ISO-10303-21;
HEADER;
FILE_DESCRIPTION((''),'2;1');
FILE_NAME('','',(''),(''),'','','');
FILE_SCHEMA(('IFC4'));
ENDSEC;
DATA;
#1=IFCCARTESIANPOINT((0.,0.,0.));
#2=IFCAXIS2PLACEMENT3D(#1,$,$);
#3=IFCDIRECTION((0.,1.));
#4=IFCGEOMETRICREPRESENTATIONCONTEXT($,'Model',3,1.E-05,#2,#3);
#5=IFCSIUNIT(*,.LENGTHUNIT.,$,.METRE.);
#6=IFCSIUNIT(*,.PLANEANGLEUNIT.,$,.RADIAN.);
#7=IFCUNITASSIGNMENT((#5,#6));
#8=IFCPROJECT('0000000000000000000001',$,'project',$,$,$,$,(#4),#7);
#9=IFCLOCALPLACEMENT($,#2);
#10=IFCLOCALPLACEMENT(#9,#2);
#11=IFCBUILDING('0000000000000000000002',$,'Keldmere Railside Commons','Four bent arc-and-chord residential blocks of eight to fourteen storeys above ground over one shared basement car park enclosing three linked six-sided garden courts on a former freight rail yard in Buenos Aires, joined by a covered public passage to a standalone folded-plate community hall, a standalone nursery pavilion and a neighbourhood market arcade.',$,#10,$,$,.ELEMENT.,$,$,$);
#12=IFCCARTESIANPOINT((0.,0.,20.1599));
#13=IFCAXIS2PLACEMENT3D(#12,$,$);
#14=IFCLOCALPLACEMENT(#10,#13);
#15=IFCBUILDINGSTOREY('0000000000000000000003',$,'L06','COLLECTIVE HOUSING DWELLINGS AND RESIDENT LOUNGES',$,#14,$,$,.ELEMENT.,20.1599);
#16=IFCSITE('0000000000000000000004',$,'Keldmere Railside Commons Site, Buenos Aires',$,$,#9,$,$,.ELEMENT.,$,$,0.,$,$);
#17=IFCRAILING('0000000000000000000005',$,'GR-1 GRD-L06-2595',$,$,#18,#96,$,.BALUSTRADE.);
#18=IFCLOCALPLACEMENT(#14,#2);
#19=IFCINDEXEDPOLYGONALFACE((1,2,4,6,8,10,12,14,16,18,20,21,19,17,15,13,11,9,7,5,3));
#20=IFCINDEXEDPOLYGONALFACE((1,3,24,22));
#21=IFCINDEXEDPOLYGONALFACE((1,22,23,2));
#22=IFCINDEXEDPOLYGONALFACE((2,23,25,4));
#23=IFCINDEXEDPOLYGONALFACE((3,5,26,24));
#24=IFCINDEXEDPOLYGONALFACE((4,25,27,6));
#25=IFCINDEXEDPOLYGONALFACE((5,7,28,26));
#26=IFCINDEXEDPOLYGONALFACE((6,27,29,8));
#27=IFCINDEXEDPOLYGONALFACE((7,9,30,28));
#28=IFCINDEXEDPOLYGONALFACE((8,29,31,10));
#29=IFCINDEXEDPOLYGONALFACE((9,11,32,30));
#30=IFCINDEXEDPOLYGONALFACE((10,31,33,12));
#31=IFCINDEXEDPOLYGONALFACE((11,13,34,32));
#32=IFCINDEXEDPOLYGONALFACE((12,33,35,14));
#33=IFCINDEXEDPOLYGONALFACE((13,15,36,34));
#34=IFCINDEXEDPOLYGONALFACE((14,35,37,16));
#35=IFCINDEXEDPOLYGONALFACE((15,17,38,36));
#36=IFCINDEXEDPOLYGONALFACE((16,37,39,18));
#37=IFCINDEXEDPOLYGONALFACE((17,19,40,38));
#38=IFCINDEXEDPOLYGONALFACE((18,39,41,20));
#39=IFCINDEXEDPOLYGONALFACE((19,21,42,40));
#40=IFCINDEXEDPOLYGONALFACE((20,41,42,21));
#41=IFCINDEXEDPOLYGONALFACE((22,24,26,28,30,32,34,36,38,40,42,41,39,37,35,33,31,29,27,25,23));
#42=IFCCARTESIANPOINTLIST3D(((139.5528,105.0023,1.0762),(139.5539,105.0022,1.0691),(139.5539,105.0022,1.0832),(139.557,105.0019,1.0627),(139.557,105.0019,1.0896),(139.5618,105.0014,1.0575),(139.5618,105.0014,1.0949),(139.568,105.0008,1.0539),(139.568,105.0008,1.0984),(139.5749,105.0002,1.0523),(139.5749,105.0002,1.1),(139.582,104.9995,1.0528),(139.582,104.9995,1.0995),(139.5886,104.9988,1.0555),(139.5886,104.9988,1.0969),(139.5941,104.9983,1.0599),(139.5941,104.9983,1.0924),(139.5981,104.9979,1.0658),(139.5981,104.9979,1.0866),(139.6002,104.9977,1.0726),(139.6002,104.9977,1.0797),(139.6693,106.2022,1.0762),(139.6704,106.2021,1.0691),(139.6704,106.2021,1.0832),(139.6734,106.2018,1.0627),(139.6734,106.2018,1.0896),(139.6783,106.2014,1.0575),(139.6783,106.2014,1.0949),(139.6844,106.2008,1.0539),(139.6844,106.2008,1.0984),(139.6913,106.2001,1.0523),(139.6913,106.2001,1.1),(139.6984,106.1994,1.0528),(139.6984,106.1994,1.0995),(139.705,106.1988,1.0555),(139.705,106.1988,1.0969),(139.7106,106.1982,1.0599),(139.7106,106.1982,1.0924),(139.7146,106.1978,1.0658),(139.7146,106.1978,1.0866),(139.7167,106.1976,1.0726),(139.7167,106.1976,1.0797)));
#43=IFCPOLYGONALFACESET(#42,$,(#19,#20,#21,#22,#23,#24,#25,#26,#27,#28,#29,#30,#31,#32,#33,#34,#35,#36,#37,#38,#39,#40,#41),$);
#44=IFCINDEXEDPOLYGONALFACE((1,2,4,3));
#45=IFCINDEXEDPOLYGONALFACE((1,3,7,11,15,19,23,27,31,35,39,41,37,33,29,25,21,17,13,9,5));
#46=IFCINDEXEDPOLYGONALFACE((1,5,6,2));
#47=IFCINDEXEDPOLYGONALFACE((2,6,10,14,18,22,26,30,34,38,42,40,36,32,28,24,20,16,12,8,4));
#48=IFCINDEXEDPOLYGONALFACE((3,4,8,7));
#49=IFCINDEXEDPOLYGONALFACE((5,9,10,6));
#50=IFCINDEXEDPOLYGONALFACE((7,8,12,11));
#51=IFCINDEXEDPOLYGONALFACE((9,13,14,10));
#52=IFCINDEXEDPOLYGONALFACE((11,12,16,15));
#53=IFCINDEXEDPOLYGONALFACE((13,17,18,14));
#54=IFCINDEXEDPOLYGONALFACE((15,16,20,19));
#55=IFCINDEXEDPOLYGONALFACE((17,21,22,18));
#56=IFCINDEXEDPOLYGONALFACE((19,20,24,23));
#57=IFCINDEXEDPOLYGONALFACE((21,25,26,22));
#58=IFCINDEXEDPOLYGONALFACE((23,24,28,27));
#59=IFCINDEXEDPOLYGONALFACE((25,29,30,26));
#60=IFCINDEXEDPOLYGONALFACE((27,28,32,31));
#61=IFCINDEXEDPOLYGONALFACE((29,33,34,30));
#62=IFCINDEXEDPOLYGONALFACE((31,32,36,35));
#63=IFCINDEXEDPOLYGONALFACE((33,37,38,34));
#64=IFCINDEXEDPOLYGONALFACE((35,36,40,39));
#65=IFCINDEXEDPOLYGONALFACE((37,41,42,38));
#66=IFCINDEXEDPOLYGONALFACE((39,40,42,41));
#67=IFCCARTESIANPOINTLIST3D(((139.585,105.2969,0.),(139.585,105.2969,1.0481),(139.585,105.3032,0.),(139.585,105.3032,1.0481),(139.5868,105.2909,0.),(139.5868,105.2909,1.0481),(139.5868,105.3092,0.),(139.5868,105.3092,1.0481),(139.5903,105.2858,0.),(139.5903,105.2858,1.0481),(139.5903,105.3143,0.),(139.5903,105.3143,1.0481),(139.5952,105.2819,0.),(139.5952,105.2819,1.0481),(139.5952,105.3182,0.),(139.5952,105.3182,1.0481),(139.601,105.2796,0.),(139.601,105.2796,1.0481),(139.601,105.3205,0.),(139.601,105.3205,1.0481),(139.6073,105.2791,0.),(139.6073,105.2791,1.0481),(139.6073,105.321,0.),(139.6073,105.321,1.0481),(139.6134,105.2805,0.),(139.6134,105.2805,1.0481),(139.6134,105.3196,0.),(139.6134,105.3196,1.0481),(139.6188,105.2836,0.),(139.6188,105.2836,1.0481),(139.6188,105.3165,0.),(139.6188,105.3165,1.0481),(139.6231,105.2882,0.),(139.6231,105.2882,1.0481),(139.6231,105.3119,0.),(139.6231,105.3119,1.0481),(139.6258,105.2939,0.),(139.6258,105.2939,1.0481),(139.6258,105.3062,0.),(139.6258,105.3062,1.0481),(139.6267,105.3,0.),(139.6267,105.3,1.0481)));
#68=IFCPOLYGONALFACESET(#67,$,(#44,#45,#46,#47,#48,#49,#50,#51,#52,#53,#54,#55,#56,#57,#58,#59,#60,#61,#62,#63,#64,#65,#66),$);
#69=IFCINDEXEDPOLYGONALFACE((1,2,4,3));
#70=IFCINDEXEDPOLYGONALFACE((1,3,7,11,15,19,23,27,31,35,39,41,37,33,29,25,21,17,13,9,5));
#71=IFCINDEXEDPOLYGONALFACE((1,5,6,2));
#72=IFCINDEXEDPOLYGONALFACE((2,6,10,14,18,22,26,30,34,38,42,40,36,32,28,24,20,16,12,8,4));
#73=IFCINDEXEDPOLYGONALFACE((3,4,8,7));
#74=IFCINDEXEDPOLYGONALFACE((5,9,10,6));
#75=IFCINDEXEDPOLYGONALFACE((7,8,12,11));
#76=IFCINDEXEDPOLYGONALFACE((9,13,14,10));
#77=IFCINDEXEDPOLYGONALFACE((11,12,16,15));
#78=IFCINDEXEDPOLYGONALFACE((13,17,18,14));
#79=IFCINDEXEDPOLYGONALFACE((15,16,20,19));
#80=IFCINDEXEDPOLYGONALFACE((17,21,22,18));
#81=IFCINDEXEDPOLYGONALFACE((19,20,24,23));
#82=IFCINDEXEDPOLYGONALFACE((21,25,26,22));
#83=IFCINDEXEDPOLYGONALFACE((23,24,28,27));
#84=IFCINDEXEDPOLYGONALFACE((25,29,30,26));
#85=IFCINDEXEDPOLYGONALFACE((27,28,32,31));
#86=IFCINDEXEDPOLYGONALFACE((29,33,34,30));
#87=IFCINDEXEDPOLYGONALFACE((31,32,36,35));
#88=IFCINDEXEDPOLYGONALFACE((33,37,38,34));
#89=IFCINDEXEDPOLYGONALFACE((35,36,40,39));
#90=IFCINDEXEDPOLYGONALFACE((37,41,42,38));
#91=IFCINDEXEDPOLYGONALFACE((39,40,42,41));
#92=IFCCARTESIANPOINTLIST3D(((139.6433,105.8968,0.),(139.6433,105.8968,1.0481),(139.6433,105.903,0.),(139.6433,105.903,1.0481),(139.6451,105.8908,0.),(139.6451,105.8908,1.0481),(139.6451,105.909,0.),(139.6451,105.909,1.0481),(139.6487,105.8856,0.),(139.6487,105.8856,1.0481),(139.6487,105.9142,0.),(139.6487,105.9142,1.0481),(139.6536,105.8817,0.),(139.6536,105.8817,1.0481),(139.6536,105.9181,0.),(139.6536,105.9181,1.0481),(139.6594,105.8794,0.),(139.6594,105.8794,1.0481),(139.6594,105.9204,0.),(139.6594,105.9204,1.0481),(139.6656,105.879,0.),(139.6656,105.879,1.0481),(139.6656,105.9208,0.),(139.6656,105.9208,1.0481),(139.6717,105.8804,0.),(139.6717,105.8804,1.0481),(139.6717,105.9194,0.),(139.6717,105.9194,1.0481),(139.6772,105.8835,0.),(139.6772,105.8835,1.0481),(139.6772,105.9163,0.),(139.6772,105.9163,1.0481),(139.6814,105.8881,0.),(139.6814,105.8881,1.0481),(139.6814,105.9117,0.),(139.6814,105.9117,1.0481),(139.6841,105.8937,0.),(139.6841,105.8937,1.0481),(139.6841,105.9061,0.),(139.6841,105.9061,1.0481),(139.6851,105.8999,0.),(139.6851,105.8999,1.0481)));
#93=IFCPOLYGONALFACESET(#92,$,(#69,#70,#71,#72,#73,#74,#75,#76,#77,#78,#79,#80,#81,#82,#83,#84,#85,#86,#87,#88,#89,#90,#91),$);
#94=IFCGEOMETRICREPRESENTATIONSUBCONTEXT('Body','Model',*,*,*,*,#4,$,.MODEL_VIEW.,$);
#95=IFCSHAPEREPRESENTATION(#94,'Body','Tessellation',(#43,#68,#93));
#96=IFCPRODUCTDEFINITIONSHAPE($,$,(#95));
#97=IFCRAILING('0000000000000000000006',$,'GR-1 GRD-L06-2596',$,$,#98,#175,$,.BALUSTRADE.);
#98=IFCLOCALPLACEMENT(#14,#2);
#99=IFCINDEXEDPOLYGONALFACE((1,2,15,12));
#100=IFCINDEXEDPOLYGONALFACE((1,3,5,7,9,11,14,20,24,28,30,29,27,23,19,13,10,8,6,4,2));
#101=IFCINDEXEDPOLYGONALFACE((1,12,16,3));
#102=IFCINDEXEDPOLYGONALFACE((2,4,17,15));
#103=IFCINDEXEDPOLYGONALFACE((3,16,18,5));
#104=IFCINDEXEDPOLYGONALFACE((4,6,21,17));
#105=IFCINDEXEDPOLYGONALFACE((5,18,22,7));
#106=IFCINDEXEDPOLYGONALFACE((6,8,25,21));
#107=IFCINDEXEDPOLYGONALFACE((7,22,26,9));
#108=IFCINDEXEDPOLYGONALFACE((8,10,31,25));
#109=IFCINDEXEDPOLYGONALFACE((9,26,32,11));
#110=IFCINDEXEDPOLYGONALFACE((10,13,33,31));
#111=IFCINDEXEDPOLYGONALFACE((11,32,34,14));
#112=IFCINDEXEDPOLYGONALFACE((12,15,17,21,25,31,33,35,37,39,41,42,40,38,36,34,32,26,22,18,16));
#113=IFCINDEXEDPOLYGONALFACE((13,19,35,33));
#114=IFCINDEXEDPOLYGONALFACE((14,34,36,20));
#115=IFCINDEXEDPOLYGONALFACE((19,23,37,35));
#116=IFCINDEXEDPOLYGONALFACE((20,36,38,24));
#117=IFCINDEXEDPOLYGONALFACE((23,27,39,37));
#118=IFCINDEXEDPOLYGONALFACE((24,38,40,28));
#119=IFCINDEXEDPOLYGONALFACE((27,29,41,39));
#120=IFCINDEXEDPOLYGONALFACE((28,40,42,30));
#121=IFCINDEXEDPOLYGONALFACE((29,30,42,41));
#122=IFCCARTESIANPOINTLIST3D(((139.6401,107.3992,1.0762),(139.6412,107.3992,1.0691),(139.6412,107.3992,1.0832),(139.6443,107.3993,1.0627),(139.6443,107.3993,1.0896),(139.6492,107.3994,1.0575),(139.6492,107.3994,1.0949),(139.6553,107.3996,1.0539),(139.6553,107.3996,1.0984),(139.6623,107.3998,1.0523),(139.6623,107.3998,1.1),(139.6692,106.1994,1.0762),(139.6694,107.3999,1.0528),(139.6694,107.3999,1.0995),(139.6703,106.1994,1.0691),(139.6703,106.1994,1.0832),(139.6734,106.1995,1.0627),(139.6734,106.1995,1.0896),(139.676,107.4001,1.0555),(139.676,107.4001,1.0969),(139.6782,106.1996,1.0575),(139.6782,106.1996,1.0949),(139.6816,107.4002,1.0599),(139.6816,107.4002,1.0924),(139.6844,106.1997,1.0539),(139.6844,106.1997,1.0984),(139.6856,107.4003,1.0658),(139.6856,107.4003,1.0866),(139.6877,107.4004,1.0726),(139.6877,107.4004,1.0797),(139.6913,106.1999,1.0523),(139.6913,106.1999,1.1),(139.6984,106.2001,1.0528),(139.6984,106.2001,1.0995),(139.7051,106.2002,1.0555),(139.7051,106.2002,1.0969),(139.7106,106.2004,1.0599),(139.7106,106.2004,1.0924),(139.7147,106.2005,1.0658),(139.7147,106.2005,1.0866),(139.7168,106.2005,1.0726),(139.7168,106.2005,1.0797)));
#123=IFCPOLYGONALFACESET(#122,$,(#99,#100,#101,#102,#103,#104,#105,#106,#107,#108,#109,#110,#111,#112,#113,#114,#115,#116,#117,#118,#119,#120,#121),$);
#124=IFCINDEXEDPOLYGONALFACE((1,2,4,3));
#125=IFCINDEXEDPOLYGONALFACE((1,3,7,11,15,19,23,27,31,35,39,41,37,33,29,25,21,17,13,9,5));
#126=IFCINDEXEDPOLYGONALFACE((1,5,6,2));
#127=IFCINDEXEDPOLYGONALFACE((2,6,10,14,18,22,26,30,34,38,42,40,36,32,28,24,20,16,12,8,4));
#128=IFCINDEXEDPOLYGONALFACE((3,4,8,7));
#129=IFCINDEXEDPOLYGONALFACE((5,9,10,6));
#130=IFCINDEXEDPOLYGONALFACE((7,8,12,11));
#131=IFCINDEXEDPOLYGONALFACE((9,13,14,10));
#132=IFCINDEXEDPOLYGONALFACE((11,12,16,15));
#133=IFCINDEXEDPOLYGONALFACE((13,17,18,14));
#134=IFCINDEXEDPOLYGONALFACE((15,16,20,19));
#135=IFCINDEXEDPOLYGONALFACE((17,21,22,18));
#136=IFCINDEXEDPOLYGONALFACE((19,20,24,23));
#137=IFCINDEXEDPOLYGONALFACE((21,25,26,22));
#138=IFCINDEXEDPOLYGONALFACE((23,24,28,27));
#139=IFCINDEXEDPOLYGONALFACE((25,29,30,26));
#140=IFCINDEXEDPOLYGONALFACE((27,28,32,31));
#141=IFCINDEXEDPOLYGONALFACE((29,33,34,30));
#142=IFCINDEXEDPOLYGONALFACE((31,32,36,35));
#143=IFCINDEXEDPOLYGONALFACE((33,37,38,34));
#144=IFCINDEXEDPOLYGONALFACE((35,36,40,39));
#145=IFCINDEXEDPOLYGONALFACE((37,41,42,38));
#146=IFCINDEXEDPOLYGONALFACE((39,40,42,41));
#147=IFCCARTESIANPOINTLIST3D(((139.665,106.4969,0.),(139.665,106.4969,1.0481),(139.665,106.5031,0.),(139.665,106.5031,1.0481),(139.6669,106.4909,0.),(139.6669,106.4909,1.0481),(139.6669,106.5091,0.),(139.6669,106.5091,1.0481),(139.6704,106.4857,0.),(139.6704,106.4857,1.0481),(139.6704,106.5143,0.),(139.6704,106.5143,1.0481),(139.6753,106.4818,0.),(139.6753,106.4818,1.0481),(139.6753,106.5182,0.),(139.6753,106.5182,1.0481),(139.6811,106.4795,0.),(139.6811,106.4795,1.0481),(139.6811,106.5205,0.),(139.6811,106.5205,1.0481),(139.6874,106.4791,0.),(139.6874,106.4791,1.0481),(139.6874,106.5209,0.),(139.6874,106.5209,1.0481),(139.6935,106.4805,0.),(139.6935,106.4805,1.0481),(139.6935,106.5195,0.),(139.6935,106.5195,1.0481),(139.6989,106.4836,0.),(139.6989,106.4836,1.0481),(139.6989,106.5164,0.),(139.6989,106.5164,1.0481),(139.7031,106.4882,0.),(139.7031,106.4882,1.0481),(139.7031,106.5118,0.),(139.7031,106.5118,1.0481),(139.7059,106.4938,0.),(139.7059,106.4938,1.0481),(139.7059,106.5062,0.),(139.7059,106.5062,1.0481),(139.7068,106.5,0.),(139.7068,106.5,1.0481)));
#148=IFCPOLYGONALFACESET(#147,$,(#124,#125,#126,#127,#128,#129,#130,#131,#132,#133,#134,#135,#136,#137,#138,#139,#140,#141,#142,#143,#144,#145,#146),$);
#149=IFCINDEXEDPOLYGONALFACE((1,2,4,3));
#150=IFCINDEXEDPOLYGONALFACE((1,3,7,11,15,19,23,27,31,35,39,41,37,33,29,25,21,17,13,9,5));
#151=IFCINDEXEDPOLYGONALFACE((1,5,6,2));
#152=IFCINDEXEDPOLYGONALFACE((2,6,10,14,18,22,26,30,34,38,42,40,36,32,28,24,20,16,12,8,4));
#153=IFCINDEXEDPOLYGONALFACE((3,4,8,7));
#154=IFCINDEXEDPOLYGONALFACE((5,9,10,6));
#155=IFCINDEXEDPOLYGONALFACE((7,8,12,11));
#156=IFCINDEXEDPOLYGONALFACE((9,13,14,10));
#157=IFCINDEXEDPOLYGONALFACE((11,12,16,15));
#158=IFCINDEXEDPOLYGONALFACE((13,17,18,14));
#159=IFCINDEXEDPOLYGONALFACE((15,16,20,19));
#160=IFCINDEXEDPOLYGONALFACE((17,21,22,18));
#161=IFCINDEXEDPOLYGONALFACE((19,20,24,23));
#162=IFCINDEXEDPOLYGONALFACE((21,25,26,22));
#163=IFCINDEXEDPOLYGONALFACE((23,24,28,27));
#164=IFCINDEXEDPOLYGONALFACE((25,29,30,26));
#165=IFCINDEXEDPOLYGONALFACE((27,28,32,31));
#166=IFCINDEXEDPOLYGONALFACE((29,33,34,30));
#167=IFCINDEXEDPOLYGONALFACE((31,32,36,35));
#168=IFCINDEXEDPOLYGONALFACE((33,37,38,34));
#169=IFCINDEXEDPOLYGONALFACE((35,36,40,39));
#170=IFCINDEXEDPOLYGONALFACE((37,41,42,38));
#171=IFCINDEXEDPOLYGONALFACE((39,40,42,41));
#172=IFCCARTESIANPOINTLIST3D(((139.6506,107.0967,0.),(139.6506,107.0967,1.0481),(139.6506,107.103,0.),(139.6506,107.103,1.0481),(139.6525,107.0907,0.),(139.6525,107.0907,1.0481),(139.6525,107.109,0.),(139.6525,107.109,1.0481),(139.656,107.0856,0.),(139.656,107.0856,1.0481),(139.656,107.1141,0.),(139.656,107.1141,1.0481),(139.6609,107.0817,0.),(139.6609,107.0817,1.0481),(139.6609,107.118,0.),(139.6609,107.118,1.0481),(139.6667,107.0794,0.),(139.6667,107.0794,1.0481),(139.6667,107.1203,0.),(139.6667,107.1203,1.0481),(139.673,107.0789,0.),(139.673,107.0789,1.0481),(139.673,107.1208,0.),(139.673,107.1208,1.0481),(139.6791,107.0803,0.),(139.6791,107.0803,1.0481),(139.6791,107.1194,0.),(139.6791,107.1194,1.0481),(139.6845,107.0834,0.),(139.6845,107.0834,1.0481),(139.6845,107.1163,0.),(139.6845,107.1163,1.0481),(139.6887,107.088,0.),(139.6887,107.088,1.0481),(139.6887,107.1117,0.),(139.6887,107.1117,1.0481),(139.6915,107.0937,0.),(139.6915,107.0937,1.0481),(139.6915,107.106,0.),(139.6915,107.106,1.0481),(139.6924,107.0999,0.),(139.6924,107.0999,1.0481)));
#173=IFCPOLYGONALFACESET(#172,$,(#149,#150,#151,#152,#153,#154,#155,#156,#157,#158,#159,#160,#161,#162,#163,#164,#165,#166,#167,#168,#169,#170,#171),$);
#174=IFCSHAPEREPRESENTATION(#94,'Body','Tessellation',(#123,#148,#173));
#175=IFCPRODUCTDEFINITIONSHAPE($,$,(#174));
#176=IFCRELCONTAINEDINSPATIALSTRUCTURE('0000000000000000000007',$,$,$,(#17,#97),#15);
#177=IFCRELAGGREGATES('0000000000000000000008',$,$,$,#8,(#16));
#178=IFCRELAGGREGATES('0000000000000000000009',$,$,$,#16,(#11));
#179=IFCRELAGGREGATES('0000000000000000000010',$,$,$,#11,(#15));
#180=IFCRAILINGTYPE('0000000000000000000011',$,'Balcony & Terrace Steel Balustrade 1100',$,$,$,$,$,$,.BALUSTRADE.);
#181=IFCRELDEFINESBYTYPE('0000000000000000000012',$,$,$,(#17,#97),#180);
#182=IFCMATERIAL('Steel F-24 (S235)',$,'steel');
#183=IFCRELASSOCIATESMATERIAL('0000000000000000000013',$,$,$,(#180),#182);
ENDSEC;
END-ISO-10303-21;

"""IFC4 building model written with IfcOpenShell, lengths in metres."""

from ifc_helpers import new_model, si_unit, direction, frame, origin, origin_2d, place, context, subcontext, project, spatial, circle, extrude, material, type_object, element, save


model = new_model("IFC4")

# Units and contexts
model_context = context("Model", 3, precision=1e-05, world=origin(), true_north=direction((0.0, 1.0)))
body_context = subcontext(model_context, "Body", "Model", "MODEL_VIEW")
ifc_project = project(units=[si_unit("LENGTHUNIT", "METRE"), si_unit("PLANEANGLEUNIT", "RADIAN")], contexts=[model_context])

# Site, building, storey
site_placement = place(None, origin())
site = spatial("IfcSite", under=ifc_project, at=site_placement, Name="Keldmere Railside Commons Site, Buenos Aires", CompositionType="ELEMENT", RefElevation=0.0)
building_placement = place(site_placement, origin())
building = spatial("IfcBuilding", under=site, at=building_placement, Name="Keldmere Railside Commons", Description="Four bent arc-and-chord residential blocks of eight to fourteen storeys above ground over one shared basement car park enclosing three linked six-sided garden courts on a former freight rail yard in Buenos Aires, joined by a covered public passage to a standalone folded-plate community hall, a standalone nursery pavilion and a neighbourhood market arcade.", CompositionType="ELEMENT")
storey_placement = place(building_placement, frame((0.0, 0.0, 20.1599)))
storey = spatial("IfcBuildingStorey", under=building, at=storey_placement, Name="L06", Description="COLLECTIVE HOUSING DWELLINGS AND RESIDENT LOUNGES", CompositionType="ELEMENT", Elevation=20.1599)

# Shared definitions
ifc_material_1 = material(Name="Steel F-24 (S235)", Category="steel")

# Railings
railing_type_1 = type_object("IfcRailingType", Name="Balcony & Terrace Steel Balustrade 1100", PredefinedType="BALUSTRADE", material=ifc_material_1)
railing_1_placement = place(storey_placement, frame((139.5767, 105.0, 0.0)))
element("IfcRailing", 1, at=railing_1_placement, inside=storey, type_object=railing_type_1, Name="GR-1 GRD-L06-2595", PredefinedType="BALUSTRADE", context=body_context, shape_type="SweptSolid", body=[
    extrude(circle(Radius=0.0239, at=origin_2d()), frame((0.0, 0.0, 1.0762), z_axis=(0.096596, 0.995324, 0.0), x_axis=(-0.995324, 0.096596, 0.0)), (0.0, 0.0, 1.0), 1.2056),
    extrude(circle(Radius=0.021, at=origin_2d()), frame((0.0291, 0.3, 0.0)), (0.0, 0.0, 1.0), 1.0481),
    extrude(circle(Radius=0.021, at=origin_2d()), frame((0.0874, 0.8999, 0.0)), (0.0, 0.0, 1.0), 1.0481),
])
railing_2_placement = place(storey_placement, frame((139.6931, 106.2, 0.0)))
element("IfcRailing", 2, at=railing_2_placement, inside=storey, type_object=railing_type_1, Name="GR-1 GRD-L06-2596", PredefinedType="BALUSTRADE", context=body_context, shape_type="SweptSolid", body=[
    extrude(circle(Radius=0.0239, at=origin_2d()), frame((0.0, 0.0, 1.0762), z_axis=(-0.024205, 0.999707, 0.0), x_axis=(-0.999707, -0.024205, 0.0)), (0.0, 0.0, 1.0), 1.2002),
    extrude(circle(Radius=0.021, at=origin_2d()), frame((-0.0073, 0.3, 0.0)), (0.0, 0.0, 1.0), 1.0481),
    extrude(circle(Radius=0.021, at=origin_2d()), frame((-0.0217, 0.8999, 0.0)), (0.0, 0.0, 1.0), 1.0481),
])

save(model, "model.ifc")
